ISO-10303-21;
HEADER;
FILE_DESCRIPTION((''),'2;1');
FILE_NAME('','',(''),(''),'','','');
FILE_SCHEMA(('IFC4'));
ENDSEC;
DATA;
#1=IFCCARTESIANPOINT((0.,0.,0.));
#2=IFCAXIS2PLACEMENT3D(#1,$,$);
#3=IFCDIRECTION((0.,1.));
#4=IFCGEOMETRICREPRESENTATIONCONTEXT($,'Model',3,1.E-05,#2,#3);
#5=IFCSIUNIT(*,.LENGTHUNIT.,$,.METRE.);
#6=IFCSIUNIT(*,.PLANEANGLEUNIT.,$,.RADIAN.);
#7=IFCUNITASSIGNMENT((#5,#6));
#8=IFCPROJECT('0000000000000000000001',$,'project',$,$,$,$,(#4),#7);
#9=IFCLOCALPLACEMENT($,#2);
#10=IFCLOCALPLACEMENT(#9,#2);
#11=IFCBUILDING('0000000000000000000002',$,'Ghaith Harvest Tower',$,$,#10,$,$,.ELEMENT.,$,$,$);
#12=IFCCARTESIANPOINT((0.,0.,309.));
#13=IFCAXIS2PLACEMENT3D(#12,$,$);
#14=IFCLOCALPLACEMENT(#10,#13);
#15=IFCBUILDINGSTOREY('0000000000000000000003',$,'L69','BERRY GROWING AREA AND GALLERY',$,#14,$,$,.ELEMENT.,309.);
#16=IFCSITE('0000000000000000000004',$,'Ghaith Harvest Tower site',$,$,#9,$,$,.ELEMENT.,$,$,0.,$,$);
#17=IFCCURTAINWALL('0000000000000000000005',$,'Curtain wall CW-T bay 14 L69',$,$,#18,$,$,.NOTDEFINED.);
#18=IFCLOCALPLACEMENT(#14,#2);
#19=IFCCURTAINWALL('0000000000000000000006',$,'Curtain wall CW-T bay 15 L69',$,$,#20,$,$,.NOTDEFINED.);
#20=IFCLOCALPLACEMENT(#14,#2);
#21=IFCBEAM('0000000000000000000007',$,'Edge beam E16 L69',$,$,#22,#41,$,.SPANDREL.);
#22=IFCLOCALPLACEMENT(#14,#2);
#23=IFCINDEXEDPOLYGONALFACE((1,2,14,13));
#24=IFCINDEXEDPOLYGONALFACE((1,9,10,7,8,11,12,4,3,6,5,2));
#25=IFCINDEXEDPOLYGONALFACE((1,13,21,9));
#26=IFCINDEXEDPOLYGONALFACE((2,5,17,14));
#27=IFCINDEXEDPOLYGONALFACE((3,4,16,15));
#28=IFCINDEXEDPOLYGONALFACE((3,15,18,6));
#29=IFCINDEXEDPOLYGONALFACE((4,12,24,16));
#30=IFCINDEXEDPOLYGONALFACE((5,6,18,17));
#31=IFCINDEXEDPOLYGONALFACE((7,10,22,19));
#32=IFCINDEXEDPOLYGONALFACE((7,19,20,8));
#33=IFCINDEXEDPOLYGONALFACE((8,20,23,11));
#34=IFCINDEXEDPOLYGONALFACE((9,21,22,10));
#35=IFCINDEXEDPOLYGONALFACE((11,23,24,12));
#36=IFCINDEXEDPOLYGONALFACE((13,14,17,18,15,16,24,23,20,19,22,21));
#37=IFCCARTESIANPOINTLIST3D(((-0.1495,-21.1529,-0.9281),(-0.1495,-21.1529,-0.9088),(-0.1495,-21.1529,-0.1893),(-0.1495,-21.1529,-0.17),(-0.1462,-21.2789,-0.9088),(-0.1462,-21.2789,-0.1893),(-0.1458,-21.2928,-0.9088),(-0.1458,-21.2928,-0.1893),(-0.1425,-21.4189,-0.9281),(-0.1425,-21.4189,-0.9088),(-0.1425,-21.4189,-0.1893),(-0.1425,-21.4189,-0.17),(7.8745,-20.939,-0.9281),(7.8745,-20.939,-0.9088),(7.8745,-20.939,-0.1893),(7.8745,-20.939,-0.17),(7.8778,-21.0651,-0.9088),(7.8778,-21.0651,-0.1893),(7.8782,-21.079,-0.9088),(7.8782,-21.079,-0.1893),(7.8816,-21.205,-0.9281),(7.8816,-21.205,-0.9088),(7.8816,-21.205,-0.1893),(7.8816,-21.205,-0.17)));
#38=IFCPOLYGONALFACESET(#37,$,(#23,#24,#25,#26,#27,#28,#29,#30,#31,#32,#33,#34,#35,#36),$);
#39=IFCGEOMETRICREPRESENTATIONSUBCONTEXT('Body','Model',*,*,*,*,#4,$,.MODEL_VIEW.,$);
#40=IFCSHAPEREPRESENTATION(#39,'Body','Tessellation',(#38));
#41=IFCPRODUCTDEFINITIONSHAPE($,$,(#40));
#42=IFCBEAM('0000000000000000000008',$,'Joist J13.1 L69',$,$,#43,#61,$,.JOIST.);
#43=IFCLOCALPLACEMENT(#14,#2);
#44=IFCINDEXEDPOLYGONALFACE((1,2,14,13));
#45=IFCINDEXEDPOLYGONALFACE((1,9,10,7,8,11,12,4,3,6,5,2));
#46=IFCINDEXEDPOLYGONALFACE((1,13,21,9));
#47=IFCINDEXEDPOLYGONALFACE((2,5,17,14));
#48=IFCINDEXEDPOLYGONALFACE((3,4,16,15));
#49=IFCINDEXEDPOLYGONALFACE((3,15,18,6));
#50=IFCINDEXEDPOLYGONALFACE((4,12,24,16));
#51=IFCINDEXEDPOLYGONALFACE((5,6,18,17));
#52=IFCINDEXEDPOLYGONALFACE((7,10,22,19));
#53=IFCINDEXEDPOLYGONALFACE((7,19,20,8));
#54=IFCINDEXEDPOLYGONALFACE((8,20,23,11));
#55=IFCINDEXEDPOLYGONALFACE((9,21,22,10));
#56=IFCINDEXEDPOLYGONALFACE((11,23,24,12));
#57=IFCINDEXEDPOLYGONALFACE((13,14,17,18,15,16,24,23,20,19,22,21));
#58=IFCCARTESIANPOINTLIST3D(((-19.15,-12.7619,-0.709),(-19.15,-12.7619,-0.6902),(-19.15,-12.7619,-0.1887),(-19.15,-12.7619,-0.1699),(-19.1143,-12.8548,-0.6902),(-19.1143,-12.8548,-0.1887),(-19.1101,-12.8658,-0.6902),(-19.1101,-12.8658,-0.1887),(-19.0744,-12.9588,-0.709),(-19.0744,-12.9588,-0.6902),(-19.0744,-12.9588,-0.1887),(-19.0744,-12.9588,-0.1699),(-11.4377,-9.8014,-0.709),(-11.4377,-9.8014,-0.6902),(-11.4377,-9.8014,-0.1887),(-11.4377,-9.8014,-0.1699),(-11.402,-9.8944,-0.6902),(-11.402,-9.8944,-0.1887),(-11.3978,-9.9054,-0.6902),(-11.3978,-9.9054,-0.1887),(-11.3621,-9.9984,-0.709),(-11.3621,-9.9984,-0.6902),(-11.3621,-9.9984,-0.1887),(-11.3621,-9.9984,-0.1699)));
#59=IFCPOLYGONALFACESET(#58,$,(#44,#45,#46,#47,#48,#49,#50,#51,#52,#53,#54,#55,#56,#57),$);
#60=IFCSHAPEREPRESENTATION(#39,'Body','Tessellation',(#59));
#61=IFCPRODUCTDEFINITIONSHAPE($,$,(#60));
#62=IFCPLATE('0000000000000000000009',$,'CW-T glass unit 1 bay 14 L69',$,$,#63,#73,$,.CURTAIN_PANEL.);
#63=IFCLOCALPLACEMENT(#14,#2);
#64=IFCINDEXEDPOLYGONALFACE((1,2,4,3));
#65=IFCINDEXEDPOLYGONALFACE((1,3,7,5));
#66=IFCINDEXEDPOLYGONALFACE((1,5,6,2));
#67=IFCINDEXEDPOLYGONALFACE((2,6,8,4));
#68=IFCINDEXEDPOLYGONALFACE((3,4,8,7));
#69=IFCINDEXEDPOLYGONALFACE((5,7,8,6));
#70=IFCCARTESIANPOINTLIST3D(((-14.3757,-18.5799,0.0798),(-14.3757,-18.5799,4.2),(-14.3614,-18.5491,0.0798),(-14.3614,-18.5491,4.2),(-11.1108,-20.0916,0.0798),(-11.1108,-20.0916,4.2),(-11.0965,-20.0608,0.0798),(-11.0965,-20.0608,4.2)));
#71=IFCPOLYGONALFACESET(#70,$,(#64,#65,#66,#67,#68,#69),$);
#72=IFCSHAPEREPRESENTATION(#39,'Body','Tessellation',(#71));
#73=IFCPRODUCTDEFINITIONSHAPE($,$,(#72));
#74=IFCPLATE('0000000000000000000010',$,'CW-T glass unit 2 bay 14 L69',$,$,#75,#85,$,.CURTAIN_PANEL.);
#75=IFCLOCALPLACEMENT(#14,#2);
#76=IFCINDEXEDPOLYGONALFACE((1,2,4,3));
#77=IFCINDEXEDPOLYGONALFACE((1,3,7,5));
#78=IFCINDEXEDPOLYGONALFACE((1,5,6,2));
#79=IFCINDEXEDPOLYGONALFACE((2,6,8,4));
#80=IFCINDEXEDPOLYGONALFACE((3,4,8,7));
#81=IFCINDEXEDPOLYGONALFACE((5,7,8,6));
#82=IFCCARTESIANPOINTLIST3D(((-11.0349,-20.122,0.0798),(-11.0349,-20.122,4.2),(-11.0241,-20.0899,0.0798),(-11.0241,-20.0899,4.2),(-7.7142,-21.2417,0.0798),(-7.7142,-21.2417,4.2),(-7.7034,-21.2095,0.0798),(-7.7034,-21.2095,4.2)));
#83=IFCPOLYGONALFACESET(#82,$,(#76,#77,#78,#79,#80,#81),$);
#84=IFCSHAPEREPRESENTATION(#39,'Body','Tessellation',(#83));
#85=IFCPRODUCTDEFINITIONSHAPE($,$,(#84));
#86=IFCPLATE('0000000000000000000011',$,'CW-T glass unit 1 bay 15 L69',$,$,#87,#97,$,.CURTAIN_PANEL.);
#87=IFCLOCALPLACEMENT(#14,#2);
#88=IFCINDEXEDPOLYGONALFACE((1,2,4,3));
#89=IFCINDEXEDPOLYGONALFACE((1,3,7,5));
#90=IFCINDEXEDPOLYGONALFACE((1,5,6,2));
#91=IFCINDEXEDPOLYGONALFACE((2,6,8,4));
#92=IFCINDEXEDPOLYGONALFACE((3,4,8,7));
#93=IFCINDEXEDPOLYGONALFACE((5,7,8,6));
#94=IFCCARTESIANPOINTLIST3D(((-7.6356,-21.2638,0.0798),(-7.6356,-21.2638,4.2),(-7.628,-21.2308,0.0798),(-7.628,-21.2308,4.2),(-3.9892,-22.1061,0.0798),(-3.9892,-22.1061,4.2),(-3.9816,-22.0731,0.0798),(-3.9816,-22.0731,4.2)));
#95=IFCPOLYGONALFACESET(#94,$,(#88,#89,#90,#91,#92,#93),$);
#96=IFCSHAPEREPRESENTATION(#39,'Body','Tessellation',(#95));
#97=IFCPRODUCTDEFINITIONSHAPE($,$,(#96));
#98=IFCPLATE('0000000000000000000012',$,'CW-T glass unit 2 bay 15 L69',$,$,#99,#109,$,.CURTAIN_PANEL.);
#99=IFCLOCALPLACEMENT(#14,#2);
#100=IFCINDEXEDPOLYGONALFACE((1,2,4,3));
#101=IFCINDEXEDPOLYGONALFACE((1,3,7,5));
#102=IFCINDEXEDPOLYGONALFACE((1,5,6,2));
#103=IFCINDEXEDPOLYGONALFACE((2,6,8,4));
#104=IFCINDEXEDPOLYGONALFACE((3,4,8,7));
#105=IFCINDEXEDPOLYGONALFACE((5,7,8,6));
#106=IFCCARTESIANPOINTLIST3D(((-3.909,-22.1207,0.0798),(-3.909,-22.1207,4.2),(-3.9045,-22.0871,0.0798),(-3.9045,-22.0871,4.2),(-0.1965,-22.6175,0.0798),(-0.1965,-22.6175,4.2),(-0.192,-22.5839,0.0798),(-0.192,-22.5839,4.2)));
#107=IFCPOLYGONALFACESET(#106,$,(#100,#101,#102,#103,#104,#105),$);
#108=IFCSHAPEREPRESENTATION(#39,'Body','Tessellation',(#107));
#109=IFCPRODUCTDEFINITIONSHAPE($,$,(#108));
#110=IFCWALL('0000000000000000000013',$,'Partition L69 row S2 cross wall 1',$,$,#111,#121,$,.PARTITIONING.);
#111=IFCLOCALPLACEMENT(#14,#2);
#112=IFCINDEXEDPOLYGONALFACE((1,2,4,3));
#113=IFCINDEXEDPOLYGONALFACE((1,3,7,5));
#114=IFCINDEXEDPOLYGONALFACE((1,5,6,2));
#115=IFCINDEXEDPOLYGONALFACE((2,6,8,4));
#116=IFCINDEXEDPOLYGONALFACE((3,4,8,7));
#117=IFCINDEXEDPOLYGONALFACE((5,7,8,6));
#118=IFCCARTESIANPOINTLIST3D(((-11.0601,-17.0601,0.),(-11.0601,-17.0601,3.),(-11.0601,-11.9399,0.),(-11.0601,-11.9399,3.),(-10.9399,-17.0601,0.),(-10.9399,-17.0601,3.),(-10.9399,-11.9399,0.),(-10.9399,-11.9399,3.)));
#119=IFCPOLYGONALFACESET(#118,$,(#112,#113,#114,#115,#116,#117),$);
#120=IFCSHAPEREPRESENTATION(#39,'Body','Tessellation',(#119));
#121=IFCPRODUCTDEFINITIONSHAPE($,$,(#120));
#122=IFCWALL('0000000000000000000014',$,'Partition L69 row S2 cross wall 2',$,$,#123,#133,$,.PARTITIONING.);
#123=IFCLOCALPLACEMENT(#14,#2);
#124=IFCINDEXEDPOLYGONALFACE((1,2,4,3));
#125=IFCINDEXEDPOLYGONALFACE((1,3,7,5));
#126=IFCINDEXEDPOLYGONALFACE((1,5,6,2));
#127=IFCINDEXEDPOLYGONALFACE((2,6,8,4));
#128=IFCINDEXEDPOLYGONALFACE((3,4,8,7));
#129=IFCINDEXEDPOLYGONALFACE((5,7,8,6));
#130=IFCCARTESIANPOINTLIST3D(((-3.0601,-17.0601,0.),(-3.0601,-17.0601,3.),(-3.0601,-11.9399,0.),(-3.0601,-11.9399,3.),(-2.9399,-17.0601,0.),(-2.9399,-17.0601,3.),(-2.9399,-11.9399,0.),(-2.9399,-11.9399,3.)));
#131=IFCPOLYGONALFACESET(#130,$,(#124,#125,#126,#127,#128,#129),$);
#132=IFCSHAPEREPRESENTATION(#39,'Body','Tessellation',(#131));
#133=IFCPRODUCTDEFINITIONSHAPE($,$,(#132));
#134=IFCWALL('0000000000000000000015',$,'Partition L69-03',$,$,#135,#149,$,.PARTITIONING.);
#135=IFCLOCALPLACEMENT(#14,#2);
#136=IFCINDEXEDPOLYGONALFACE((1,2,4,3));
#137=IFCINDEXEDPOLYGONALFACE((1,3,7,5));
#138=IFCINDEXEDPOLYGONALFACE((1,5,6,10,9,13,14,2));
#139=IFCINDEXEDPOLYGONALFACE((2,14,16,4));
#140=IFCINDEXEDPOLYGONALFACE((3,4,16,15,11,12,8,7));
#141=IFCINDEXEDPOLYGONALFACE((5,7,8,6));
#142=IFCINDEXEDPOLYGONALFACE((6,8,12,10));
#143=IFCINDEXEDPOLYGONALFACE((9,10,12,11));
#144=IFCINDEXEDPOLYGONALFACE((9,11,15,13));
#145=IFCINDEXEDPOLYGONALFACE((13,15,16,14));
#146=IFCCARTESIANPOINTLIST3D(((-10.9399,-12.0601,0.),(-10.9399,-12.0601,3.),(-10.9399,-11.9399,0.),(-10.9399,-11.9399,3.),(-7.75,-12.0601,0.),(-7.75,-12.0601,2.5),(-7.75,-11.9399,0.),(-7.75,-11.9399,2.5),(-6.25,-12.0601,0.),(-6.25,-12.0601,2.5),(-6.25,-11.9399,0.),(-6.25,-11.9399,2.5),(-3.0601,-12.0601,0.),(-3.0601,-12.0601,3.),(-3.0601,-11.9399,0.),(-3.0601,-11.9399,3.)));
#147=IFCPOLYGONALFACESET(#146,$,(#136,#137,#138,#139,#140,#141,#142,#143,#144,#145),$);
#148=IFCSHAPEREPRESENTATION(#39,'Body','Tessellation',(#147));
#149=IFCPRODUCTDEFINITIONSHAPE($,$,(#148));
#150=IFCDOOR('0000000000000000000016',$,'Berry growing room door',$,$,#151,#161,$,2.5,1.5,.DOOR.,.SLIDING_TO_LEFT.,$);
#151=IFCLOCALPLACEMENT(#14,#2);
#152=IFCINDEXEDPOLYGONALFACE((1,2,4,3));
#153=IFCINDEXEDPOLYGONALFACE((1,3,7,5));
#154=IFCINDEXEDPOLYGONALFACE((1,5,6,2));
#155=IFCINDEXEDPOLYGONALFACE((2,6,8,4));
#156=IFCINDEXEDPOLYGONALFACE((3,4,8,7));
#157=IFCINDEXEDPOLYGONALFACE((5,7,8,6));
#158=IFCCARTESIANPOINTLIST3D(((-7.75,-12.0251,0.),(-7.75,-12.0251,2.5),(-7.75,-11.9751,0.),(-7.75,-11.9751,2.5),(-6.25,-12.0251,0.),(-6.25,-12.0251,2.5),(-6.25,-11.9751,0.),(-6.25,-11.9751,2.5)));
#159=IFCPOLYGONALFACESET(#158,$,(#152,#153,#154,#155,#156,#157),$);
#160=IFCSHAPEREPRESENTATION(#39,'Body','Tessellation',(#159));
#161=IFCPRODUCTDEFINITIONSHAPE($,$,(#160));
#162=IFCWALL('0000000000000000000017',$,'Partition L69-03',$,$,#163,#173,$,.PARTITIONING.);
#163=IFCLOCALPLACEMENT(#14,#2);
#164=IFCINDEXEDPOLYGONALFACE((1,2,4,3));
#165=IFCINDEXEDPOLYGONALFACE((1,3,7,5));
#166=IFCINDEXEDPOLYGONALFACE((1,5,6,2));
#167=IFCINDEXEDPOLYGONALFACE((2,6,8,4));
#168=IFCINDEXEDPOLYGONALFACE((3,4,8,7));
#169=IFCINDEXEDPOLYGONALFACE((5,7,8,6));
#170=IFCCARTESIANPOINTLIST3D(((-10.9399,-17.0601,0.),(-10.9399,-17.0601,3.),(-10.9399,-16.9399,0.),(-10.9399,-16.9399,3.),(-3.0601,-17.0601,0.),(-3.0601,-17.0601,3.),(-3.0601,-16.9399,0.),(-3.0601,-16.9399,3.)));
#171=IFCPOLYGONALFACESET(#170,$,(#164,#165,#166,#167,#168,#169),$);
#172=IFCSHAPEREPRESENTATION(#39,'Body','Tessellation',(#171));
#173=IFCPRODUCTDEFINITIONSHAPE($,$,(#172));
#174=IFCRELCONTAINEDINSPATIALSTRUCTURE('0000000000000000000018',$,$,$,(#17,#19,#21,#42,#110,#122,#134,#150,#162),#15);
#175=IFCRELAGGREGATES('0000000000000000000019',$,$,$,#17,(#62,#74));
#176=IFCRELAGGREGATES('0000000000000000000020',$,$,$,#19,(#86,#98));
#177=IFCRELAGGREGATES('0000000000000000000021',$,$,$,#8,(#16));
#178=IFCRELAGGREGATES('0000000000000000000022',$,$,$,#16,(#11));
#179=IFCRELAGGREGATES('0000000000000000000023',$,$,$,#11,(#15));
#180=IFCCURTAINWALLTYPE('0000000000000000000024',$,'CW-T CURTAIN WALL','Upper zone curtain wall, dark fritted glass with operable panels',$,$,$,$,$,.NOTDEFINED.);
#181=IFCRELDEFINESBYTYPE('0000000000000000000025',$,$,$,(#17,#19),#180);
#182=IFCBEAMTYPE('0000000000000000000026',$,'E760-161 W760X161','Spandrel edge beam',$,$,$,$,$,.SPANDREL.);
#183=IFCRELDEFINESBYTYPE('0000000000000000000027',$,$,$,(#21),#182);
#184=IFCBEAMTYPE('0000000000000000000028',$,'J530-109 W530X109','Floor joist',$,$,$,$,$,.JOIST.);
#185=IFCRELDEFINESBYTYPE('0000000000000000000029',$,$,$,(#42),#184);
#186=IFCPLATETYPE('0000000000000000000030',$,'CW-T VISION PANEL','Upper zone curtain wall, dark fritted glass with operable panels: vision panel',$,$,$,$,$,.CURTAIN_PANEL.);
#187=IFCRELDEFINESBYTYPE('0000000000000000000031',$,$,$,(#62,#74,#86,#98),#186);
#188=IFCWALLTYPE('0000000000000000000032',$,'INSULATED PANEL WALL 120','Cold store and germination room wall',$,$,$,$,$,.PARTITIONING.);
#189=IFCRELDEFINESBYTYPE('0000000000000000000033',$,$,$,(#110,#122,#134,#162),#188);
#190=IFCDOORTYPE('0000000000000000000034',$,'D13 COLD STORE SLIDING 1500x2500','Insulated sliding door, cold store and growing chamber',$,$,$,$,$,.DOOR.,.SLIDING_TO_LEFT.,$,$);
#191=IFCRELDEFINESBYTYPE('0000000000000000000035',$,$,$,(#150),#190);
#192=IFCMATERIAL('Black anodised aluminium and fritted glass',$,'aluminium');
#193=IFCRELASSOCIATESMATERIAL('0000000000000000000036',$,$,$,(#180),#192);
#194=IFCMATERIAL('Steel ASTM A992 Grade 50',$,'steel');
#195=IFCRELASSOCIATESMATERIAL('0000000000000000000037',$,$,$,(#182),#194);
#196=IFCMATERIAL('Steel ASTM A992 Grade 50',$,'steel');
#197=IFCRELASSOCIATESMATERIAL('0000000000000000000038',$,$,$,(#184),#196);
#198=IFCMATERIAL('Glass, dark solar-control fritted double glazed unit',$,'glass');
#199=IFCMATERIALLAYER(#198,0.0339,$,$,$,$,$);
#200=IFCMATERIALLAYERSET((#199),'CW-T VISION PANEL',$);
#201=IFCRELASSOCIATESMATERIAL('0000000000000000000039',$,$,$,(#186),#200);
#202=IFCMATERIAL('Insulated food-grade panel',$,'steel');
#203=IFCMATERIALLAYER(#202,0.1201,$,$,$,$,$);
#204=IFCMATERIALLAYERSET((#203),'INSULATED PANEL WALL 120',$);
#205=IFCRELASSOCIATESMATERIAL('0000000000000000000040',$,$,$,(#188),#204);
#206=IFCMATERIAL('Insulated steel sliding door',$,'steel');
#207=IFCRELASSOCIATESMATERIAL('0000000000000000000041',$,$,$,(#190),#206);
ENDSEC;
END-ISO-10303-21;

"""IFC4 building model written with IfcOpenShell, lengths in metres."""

from ifc_helpers import new_model, si_unit, direction, frame, frame_2d, origin, origin_2d, place, context, subcontext, project, spatial, rectangle, i_section, extrude, material, layer, layer_set, material_profile, profile_set, type_object, element, fill, aggregate, save


model = new_model("IFC4")

# Units and contexts
model_context = context("Model", 3, precision=1e-05, world=origin(), true_north=direction((0.0, 1.0)))
body_context = subcontext(model_context, "Body", "Model", "MODEL_VIEW")
ifc_project = project(units=[si_unit("LENGTHUNIT", "METRE"), si_unit("PLANEANGLEUNIT", "RADIAN")], contexts=[model_context])

# Site, building, storey
site_placement = place(None, origin())
site = spatial("IfcSite", under=ifc_project, at=site_placement, Name="Ghaith Harvest Tower site", CompositionType="ELEMENT", RefElevation=0.0)
building_placement = place(site_placement, origin())
building = spatial("IfcBuilding", under=site, at=building_placement, Name="Ghaith Harvest Tower", CompositionType="ELEMENT")
storey_placement = place(building_placement, frame((0.0, 0.0, 309.0)))
storey = spatial("IfcBuildingStorey", under=building, at=storey_placement, Name="L69", Description="BERRY GROWING AREA AND GALLERY", CompositionType="ELEMENT", Elevation=309.0)

# Curtain wall
ifc_material_1 = material(Name="Black anodised aluminium and fritted glass", Category="aluminium")
curtain_wall_type = type_object("IfcCurtainWallType", Name="CW-T CURTAIN WALL", Description="Upper zone curtain wall, dark fritted glass with operable panels", PredefinedType="NOTDEFINED", material=ifc_material_1)
curtain_wall_1_placement = place(storey_placement, origin())
curtain_wall_1 = element("IfcCurtainWall", 1, at=curtain_wall_1_placement, inside=storey, type_object=curtain_wall_type, Name="Curtain wall CW-T bay 14 L69", PredefinedType="NOTDEFINED")

# Curtain wall
curtain_wall_2_placement = place(storey_placement, origin())
curtain_wall_2 = element("IfcCurtainWall", 2, at=curtain_wall_2_placement, inside=storey, type_object=curtain_wall_type, Name="Curtain wall CW-T bay 15 L69", PredefinedType="NOTDEFINED")

# Beams
ifc_material_2 = material(Name="Steel ASTM A992 Grade 50", Category="steel")
ifc_material_profile_1 = material_profile(ifc_material_2, i_section(OverallWidth=0.2661, OverallDepth=0.7581, WebThickness=0.0139, FlangeThickness=0.0193, at=origin_2d()), Name="W760X161")
ifc_profile_set_1 = profile_set([ifc_material_profile_1], Name="Steel ASTM A992 Grade 50")
beam_type_1 = type_object("IfcBeamType", Name="E760-161 W760X161", Description="Spandrel edge beam", PredefinedType="SPANDREL", material=ifc_profile_set_1)
beam_1_placement = place(storey_placement, frame((-0.146, -21.2859, -0.5491), z_axis=(0.999645, 0.026644, 0.0), x_axis=(-0.026644, 0.999645, 0.0)))
element("IfcBeam", 3, at=beam_1_placement, inside=storey, type_object=beam_type_1, Name="Edge beam E16 L69", PredefinedType="SPANDREL", context=body_context, shape_type="SweptSolid", body=[
    extrude(i_section(OverallWidth=0.2661, OverallDepth=0.7581, WebThickness=0.0139, FlangeThickness=0.0193, at=origin_2d()), origin(), (0.0, 0.0, 1.0), 8.0269),
])
ifc_material_3 = material(Name="Steel ASTM A992 Grade 50", Category="steel")
ifc_material_profile_2 = material_profile(ifc_material_3, i_section(OverallWidth=0.2109, OverallDepth=0.5391, WebThickness=0.0117, FlangeThickness=0.0188, at=origin_2d()), Name="W530X109")
ifc_profile_set_2 = profile_set([ifc_material_profile_2], Name="Steel ASTM A992 Grade 50")
beam_type_2 = type_object("IfcBeamType", Name="J530-109 W530X109", Description="Floor joist", PredefinedType="JOIST", material=ifc_profile_set_2)
beam_2_placement = place(storey_placement, frame((-11.3999, -9.8999, -0.4395), z_axis=(-0.933583, -0.358361, 0.0), x_axis=(0.358361, -0.933583, 0.0)))
element("IfcBeam", 4, at=beam_2_placement, inside=storey, type_object=beam_type_2, Name="Joist J13.1 L69", PredefinedType="JOIST", context=body_context, shape_type="SweptSolid", body=[
    extrude(i_section(OverallWidth=0.2109, OverallDepth=0.5391, WebThickness=0.0117, FlangeThickness=0.0188, at=origin_2d()), origin(), (0.0, 0.0, 1.0), 8.261),
])

# Plates
ifc_material_4 = material(Name="Glass, dark solar-control fritted double glazed unit", Category="glass")
ifc_layer_1 = layer(ifc_material_4, 0.0339)
ifc_layer_set_1 = layer_set([ifc_layer_1], Name="CW-T VISION PANEL")
plate_type = type_object("IfcPlateType", Name="CW-T VISION PANEL", Description="Upper zone curtain wall, dark fritted glass with operable panels: vision panel", PredefinedType="CURTAIN_PANEL", material=ifc_layer_set_1)
plate_1_placement = place(storey_placement, frame((-12.7361, -19.3203, 0.0798), z_axis=(0.0, 0.0, 1.0), x_axis=(0.90745, -0.42016, 0.0)))
plate_1 = element("IfcPlate", 5, at=plate_1_placement, type_object=plate_type, Name="CW-T glass unit 1 bay 14 L69", PredefinedType="CURTAIN_PANEL", context=body_context, shape_type="SweptSolid", body=[
    extrude(rectangle(XDim=3.5979, YDim=0.0339, at=origin_2d()), origin(), (0.0, 0.0, 1.0), 4.1201),
])
plate_2_placement = place(storey_placement, frame((-9.3691, -20.6658, 0.0798), z_axis=(0.0, 0.0, 1.0), x_axis=(0.947586, -0.3195, 0.0)))
plate_2 = element("IfcPlate", 6, at=plate_2_placement, type_object=plate_type, Name="CW-T glass unit 2 bay 14 L69", PredefinedType="CURTAIN_PANEL", context=body_context, shape_type="SweptSolid", body=[
    extrude(rectangle(XDim=3.5044, YDim=0.0339, at=origin_2d()), origin(), (0.0, 0.0, 1.0), 4.1201),
])
aggregate(curtain_wall_1, [plate_1, plate_2])
plate_3_placement = place(storey_placement, frame((-5.8086, -21.6685, 0.0798), z_axis=(0.0, 0.0, 1.0), x_axis=(0.974342, -0.225072, 0.0)))
plate_3 = element("IfcPlate", 7, at=plate_3_placement, type_object=plate_type, Name="CW-T glass unit 1 bay 15 L69", PredefinedType="CURTAIN_PANEL", context=body_context, shape_type="SweptSolid", body=[
    extrude(rectangle(XDim=3.7424, YDim=0.0339, at=origin_2d()), origin(), (0.0, 0.0, 1.0), 4.1201),
])
plate_4_placement = place(storey_placement, frame((-2.0505, -22.3523, 0.0798), z_axis=(0.0, 0.0, 1.0), x_axis=(0.991165, -0.132633, 0.0)))
plate_4 = element("IfcPlate", 8, at=plate_4_placement, type_object=plate_type, Name="CW-T glass unit 2 bay 15 L69", PredefinedType="CURTAIN_PANEL", context=body_context, shape_type="SweptSolid", body=[
    extrude(rectangle(XDim=3.7456, YDim=0.0339, at=origin_2d()), origin(), (0.0, 0.0, 1.0), 4.1201),
])
aggregate(curtain_wall_2, [plate_3, plate_4])

# Walls
ifc_material_5 = material(Name="Insulated food-grade panel", Category="steel")
ifc_layer_2 = layer(ifc_material_5, 0.1201)
ifc_layer_set_2 = layer_set([ifc_layer_2], Name="INSULATED PANEL WALL 120")
wall_type = type_object("IfcWallType", Name="INSULATED PANEL WALL 120", Description="Cold store and germination room wall", PredefinedType="PARTITIONING", material=ifc_layer_set_2)
for number, where, z_axis, x_axis, name in (
    (9, (-11.0, -11.9399, 0.0), (0.0, 0.0, 1.0), (0.0, -1.0, 0.0), "Partition L69 row S2 cross wall 1"),
    (10, (-3.0, -11.9399, 0.0), (0.0, 0.0, 1.0), (0.0, -1.0, 0.0), "Partition L69 row S2 cross wall 2"),
):
    element("IfcWall", number, at=place(storey_placement, frame(where, z_axis=z_axis, x_axis=x_axis)), inside=storey, type_object=wall_type, Name=name, PredefinedType="PARTITIONING", context=body_context, shape_type="SweptSolid", body=[
        extrude(rectangle(XDim=5.1201, YDim=0.1201, at=frame_2d((2.5601, 0.0))), origin(), (0.0, 0.0, 1.0), 3.0),
    ])

# Wall, opening, door
wall_1_placement = place(storey_placement, frame((-10.9399, -12.0, 0.0), z_axis=(0.0, 0.0, 1.0), x_axis=(1.0, 0.0, 0.0)))
wall_1 = element("IfcWall", 11, at=wall_1_placement, inside=storey, type_object=wall_type, Name="Partition L69-03", PredefinedType="PARTITIONING", context=body_context, shape_type="SweptSolid", body=[
    extrude(rectangle(XDim=7.8799, YDim=0.1201, at=frame_2d((3.9399, 0.0))), origin(), (0.0, 0.0, 1.0), 3.0),
])
opening_1_placement = place(wall_1_placement, frame((3.1899, 0.0, 0.0)))
opening_1 = element("IfcOpeningElement", 12, at=opening_1_placement, cuts=wall_1, PredefinedType="OPENING", context=body_context, shape_type="SweptSolid", body=[
    extrude(rectangle(XDim=1.5, YDim=2.5, at=frame_2d((0.75, 1.25))), frame((0.0, 0.0701, 0.0), z_axis=(0.0, -1.0, 0.0), x_axis=(1.0, 0.0, 0.0)), (0.0, 0.0, 1.0), 0.1401),
])
ifc_material_6 = material(Name="Insulated steel sliding door", Category="steel")
door_type = type_object("IfcDoorType", Name="D13 COLD STORE SLIDING 1500x2500", Description="Insulated sliding door, cold store and growing chamber", OperationType="SLIDING_TO_LEFT", PredefinedType="DOOR", material=ifc_material_6)
door_1_placement = place(opening_1_placement, origin())
door_1 = element("IfcDoor", 13, at=door_1_placement, inside=storey, type_object=door_type, Name="Berry growing room door", OperationType="SLIDING_TO_LEFT", OverallHeight=2.5, OverallWidth=1.5, PredefinedType="DOOR", context=body_context, shape_type="SweptSolid", body=[
    extrude(rectangle(XDim=1.5, YDim=2.5, at=frame_2d((0.75, 1.25))), frame((0.0, 0.0249, 0.0), z_axis=(0.0, -1.0, 0.0), x_axis=(1.0, 0.0, 0.0)), (0.0, 0.0, 1.0), 0.05),
])
fill(opening_1, door_1)

# Wall
wall_2_placement = place(storey_placement, frame((-10.9399, -17.0, 0.0), z_axis=(0.0, 0.0, 1.0), x_axis=(1.0, 0.0, 0.0)))
element("IfcWall", 14, at=wall_2_placement, inside=storey, type_object=wall_type, Name="Partition L69-03", PredefinedType="PARTITIONING", context=body_context, shape_type="SweptSolid", body=[
    extrude(rectangle(XDim=7.8799, YDim=0.1201, at=frame_2d((3.9399, 0.0))), origin(), (0.0, 0.0, 1.0), 3.0),
])

save(model, "model.ifc")
